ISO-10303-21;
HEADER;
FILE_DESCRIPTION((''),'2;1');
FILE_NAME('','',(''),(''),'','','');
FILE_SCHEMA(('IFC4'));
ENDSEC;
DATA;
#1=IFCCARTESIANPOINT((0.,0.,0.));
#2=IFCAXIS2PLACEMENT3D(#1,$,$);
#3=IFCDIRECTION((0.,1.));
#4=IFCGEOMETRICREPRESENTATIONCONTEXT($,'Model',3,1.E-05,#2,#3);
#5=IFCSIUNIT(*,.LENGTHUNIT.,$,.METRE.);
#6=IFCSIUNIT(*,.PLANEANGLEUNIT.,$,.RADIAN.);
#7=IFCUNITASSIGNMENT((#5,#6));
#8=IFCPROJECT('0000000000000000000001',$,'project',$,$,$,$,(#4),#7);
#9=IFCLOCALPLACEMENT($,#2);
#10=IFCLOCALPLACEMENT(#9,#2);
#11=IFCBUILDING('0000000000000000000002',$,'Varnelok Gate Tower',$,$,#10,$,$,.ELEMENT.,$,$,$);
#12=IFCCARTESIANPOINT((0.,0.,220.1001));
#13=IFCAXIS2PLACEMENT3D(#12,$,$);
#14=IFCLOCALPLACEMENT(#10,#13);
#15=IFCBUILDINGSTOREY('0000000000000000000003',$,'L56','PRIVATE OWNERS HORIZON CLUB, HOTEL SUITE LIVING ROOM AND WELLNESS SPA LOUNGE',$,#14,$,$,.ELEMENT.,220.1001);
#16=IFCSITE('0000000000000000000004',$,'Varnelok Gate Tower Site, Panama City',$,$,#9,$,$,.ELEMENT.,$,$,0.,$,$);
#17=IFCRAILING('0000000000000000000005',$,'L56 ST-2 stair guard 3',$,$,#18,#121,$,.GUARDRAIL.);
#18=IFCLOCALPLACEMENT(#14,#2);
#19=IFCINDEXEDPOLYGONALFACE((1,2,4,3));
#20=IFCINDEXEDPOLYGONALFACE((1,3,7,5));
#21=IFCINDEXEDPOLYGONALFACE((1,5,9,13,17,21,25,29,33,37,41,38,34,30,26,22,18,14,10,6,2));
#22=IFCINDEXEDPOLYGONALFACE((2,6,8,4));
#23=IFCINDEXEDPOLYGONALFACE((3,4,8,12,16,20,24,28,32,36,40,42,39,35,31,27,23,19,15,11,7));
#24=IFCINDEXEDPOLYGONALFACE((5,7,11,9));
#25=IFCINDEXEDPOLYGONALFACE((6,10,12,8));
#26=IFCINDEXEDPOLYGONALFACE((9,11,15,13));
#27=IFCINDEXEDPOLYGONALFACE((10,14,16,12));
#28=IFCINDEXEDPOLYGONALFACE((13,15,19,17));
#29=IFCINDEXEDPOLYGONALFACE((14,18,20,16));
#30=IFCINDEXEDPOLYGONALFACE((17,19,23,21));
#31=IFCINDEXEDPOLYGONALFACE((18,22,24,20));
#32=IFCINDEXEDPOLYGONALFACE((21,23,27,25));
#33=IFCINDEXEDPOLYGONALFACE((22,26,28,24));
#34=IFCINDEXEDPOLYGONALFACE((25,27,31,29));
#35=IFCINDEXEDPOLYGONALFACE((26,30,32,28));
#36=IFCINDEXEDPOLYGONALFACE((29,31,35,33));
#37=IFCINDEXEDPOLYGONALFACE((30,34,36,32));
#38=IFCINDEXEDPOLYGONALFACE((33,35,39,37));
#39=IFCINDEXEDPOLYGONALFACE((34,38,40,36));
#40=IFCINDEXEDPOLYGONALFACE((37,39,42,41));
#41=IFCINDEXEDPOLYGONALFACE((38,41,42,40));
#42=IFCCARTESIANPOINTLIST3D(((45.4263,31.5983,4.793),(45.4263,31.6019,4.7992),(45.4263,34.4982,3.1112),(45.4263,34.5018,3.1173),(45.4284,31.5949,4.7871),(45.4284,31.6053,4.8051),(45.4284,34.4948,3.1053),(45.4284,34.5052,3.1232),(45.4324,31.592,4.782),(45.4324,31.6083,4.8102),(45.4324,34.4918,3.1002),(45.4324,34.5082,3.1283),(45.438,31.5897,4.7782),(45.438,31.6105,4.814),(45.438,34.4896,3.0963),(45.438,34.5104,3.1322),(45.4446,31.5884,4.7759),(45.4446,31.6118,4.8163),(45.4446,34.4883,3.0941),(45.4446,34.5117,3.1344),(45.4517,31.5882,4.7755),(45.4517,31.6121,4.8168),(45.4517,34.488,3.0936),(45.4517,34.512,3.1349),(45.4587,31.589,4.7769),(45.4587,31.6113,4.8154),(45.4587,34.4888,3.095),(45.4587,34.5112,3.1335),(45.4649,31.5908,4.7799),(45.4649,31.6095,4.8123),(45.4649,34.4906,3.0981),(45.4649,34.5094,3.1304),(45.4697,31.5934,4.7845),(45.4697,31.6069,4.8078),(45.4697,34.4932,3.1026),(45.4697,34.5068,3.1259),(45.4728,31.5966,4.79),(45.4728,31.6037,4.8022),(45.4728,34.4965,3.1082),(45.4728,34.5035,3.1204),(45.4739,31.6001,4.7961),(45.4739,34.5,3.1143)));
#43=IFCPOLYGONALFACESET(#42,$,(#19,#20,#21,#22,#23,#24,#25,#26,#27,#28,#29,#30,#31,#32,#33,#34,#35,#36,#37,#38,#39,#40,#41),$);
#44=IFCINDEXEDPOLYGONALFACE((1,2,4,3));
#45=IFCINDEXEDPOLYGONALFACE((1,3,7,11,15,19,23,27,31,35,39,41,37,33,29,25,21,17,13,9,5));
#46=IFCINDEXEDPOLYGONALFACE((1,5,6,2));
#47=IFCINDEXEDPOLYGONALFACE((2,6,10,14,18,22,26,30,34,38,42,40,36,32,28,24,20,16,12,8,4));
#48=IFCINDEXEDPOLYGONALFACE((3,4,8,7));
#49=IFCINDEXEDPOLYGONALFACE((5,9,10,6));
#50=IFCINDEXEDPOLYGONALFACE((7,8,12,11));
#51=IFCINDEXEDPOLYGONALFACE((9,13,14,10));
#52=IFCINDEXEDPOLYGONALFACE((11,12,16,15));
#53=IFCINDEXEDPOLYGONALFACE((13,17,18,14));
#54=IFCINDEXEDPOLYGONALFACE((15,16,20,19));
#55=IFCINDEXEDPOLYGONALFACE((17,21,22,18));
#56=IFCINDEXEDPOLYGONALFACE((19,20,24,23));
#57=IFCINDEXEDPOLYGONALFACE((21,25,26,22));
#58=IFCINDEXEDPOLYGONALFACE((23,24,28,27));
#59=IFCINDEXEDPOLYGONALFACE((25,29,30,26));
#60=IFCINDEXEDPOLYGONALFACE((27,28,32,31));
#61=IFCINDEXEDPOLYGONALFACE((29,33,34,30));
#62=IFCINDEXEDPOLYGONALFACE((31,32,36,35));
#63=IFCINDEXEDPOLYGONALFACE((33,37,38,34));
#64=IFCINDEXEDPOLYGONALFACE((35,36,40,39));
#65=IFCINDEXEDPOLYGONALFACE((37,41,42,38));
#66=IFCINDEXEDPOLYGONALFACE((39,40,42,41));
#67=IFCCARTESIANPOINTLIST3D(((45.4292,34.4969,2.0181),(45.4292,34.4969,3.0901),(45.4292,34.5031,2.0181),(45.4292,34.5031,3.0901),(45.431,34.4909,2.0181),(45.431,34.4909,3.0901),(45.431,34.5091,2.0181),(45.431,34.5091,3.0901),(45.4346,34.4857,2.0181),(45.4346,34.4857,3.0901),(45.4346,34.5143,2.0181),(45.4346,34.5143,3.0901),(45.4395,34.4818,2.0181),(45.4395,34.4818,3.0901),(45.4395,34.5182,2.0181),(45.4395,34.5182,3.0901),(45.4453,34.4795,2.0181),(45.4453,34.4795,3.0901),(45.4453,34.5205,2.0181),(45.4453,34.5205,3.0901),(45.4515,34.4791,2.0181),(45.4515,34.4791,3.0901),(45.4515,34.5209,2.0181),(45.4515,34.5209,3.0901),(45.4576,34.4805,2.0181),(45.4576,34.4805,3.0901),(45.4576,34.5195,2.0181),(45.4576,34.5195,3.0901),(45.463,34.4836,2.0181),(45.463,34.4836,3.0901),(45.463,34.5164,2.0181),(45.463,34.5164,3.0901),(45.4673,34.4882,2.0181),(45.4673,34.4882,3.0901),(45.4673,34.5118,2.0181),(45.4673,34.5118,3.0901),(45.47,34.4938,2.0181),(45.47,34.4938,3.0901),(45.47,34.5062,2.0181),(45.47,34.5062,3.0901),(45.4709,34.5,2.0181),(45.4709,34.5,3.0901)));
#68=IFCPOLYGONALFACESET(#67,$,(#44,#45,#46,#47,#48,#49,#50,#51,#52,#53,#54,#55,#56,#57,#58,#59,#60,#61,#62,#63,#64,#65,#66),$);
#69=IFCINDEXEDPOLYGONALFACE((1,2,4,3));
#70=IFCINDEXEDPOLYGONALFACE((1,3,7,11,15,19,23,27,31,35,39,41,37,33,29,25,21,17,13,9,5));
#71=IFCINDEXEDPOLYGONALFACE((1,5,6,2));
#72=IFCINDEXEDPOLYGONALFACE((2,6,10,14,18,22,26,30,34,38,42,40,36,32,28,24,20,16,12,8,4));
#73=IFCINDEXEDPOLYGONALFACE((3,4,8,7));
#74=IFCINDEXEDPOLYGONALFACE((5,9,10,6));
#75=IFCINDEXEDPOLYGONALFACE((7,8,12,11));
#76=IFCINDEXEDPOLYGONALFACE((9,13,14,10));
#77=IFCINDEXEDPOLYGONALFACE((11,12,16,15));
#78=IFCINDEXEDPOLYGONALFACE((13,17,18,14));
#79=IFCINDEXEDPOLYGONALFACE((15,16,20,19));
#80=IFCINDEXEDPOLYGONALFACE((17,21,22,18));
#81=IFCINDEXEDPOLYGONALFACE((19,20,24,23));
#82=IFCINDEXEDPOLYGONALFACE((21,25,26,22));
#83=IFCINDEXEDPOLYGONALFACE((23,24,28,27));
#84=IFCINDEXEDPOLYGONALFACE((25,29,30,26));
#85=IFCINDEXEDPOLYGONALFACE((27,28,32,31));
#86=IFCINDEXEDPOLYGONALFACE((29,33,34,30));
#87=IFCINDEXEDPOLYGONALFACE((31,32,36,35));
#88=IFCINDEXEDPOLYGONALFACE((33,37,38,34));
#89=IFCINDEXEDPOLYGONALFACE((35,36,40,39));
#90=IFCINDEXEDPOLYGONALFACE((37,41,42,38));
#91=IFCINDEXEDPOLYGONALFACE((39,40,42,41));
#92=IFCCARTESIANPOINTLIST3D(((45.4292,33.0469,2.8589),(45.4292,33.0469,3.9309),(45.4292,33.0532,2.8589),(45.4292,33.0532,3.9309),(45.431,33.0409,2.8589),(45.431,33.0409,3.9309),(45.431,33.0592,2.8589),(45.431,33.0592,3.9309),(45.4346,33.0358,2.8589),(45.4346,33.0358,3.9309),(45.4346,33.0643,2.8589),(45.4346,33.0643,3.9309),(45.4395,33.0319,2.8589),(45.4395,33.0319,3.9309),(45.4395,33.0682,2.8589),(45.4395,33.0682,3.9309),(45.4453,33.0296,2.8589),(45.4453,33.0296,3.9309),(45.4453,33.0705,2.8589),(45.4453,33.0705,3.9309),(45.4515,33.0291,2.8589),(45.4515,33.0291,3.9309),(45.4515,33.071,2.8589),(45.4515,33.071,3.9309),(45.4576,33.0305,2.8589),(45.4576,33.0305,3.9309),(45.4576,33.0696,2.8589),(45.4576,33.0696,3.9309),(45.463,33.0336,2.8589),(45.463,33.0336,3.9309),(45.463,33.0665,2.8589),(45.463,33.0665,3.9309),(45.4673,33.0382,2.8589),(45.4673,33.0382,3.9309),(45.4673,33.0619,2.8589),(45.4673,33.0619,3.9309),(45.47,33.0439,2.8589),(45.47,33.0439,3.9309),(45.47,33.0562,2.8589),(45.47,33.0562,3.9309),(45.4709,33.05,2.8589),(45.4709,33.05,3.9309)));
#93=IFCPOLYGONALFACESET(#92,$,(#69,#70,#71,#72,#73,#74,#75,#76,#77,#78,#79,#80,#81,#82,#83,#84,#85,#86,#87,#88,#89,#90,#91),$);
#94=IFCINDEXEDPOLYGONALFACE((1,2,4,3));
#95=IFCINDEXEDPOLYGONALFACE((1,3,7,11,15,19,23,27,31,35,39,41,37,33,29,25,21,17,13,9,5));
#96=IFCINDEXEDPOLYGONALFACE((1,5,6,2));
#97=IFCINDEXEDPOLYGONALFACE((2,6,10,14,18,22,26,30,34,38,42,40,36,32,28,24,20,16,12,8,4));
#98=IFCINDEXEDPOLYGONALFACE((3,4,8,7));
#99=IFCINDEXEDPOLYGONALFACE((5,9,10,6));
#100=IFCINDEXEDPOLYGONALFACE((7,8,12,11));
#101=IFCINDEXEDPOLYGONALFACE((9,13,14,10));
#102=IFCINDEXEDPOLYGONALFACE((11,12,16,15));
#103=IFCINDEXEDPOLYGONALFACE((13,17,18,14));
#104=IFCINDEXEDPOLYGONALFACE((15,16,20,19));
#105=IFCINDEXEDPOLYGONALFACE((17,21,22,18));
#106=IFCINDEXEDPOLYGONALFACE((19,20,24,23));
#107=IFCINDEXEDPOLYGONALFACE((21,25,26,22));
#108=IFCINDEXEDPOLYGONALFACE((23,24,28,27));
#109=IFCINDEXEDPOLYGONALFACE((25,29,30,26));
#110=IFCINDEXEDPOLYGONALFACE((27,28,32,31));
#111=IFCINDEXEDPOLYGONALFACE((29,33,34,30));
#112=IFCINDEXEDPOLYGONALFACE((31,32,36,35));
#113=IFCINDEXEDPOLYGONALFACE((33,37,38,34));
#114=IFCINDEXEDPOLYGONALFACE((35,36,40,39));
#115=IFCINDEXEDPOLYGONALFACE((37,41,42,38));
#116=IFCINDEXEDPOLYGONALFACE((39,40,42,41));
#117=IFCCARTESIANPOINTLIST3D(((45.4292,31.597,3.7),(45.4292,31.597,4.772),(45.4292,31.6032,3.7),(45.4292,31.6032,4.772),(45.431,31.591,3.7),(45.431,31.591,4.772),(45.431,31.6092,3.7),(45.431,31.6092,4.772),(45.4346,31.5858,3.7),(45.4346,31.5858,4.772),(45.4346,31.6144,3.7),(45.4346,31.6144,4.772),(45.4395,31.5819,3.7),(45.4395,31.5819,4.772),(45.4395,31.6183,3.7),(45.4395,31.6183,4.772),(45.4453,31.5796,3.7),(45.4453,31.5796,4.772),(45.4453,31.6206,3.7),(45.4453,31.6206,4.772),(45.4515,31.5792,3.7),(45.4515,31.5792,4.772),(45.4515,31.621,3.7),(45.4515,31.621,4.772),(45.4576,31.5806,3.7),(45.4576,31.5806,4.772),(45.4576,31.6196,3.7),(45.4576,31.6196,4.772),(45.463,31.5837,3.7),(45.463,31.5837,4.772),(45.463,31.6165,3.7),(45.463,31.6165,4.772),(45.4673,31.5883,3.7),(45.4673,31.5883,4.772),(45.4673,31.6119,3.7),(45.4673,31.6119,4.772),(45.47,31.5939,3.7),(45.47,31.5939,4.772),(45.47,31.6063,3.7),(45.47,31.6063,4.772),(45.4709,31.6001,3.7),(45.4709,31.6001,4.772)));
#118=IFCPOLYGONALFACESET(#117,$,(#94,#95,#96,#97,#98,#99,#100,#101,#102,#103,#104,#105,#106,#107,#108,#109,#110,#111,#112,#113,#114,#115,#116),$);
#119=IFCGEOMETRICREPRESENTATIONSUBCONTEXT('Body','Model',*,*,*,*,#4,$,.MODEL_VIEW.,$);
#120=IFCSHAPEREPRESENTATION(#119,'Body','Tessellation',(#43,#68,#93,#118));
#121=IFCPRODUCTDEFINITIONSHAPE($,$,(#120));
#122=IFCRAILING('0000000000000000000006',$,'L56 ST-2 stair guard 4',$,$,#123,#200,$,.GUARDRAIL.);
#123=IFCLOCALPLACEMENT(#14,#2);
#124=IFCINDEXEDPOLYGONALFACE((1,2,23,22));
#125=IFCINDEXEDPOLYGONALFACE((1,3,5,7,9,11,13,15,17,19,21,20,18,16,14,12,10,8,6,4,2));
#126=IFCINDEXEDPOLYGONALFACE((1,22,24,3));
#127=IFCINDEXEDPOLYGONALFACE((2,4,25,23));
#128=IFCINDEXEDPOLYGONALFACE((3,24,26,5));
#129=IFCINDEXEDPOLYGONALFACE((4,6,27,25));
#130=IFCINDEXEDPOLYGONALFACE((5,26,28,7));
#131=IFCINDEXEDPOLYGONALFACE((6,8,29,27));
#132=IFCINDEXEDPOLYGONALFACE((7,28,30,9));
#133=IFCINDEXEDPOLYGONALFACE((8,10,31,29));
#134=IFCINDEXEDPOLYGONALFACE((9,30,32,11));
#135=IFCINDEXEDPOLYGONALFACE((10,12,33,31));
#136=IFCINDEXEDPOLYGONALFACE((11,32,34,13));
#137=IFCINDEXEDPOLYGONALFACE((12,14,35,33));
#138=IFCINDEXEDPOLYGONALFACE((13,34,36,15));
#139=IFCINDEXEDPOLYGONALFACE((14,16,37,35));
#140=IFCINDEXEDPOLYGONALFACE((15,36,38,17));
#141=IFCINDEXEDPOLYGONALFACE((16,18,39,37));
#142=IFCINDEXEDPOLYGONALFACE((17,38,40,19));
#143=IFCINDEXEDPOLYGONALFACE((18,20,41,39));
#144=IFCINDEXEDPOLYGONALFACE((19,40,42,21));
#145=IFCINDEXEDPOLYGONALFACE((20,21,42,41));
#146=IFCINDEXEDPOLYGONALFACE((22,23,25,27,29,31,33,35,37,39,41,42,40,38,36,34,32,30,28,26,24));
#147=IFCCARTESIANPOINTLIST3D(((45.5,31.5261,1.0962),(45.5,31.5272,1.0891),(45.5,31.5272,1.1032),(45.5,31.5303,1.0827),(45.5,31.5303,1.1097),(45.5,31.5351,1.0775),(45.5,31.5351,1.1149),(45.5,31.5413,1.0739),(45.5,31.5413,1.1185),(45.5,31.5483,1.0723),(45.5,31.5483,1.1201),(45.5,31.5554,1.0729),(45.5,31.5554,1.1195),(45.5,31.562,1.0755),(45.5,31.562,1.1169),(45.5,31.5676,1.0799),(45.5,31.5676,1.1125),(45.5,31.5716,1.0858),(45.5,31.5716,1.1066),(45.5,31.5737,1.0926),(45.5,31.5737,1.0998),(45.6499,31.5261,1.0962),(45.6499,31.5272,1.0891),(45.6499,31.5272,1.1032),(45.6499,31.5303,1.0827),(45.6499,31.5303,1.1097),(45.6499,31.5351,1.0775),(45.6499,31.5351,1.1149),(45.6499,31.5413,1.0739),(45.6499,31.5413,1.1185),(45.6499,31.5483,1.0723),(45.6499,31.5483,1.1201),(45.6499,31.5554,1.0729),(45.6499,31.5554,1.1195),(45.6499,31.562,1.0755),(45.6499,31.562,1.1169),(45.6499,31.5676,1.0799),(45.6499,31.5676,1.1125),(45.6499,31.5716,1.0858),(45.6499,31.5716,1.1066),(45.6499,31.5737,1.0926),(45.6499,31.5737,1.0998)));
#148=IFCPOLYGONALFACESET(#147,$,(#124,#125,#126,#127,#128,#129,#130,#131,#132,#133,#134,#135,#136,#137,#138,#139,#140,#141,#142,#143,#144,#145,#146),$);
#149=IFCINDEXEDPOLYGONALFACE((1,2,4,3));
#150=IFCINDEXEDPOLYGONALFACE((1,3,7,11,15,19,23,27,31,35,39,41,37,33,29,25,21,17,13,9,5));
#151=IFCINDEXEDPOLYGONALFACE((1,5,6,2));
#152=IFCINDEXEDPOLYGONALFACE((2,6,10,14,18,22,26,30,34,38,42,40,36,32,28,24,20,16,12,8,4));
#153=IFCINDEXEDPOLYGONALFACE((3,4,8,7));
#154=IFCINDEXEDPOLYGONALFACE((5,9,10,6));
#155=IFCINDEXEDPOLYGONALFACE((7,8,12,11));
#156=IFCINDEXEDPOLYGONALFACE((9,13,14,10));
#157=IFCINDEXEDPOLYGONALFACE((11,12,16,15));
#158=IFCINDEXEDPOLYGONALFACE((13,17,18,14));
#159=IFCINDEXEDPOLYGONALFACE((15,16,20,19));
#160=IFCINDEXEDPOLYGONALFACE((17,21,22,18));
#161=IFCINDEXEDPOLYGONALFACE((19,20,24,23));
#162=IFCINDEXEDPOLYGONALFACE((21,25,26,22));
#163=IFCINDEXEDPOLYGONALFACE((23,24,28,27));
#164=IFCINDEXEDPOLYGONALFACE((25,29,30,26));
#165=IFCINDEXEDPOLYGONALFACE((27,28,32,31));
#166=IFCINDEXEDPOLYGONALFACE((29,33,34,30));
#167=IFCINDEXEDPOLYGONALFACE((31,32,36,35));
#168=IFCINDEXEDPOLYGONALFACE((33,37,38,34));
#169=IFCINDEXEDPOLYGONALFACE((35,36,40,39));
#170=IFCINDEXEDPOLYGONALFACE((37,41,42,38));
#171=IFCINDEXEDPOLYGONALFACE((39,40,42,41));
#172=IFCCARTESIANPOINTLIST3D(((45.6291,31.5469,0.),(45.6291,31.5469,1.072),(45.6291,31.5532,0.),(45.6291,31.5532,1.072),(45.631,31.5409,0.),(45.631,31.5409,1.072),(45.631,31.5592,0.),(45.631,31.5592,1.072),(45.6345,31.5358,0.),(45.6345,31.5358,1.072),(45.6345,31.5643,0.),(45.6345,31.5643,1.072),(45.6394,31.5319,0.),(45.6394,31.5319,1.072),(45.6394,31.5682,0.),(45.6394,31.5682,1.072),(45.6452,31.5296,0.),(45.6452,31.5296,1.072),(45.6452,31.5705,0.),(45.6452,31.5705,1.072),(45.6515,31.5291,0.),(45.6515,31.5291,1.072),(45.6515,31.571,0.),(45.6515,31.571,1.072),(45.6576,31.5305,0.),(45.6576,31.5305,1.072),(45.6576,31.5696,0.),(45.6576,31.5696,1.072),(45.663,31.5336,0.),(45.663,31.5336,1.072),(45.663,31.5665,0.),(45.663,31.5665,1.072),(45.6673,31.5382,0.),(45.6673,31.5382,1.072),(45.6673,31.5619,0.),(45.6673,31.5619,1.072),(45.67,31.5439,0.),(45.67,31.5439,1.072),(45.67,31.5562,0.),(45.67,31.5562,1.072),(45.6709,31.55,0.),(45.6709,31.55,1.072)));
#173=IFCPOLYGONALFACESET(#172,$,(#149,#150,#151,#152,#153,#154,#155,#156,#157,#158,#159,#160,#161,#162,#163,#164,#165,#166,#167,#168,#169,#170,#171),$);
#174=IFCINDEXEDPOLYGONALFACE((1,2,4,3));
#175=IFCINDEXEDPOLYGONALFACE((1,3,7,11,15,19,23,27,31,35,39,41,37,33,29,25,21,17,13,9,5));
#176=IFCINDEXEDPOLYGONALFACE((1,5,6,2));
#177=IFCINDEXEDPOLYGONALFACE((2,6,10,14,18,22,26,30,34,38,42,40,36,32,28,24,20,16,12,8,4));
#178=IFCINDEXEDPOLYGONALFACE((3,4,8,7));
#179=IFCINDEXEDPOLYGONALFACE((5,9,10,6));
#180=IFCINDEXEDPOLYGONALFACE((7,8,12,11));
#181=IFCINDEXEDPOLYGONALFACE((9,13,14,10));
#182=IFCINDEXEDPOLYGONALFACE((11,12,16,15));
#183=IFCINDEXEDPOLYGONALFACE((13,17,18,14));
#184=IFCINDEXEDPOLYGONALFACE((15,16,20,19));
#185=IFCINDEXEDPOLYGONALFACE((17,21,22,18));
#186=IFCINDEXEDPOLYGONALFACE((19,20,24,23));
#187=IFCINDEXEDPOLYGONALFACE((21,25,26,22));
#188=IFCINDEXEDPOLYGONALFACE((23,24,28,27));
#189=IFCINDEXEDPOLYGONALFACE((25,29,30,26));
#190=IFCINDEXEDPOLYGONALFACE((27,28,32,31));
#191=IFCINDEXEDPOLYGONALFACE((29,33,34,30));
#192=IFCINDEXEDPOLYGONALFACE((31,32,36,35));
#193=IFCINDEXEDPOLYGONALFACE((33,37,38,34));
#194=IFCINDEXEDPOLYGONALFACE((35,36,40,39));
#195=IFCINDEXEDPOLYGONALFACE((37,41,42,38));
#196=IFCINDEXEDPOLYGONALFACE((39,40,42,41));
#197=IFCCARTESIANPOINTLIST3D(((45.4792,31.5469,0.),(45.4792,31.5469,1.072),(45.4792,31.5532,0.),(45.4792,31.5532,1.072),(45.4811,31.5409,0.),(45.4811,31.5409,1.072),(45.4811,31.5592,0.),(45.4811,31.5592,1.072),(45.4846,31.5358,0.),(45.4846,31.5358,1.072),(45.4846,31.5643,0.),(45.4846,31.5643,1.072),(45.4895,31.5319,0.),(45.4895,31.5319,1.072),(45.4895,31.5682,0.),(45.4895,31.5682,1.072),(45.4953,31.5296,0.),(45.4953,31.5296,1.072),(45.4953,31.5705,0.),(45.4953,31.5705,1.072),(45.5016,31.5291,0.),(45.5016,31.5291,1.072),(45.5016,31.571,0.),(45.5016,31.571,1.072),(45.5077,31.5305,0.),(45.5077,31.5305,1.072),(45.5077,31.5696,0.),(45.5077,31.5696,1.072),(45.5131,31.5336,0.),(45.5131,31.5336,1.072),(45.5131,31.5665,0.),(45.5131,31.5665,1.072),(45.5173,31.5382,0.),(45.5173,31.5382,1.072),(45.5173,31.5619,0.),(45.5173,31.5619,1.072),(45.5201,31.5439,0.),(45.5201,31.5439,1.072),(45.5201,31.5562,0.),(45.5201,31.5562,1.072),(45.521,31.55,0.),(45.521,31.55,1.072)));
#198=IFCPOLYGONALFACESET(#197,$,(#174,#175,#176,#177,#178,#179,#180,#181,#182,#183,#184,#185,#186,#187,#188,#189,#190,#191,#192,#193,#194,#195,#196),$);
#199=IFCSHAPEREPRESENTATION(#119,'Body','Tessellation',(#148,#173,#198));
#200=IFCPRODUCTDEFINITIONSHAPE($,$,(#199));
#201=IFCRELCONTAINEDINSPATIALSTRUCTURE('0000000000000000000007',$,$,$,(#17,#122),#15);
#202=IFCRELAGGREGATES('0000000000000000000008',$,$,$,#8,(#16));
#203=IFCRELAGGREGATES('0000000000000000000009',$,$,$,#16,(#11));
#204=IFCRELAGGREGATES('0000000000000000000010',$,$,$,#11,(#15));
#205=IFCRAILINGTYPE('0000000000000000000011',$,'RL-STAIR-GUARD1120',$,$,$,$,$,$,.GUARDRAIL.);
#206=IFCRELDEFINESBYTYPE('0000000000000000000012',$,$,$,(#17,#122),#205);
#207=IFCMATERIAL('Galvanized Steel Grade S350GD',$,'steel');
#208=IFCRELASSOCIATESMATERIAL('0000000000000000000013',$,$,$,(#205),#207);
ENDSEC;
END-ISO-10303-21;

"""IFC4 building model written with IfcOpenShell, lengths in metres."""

from ifc_helpers import new_model, si_unit, direction, frame, origin, origin_2d, place, context, subcontext, project, spatial, circle, extrude, material, type_object, element, save


model = new_model("IFC4")

# Units and contexts
model_context = context("Model", 3, precision=1e-05, world=origin(), true_north=direction((0.0, 1.0)))
body_context = subcontext(model_context, "Body", "Model", "MODEL_VIEW")
ifc_project = project(units=[si_unit("LENGTHUNIT", "METRE"), si_unit("PLANEANGLEUNIT", "RADIAN")], contexts=[model_context])

# Site, building, storey
site_placement = place(None, origin())
site = spatial("IfcSite", under=ifc_project, at=site_placement, Name="Varnelok Gate Tower Site, Panama City", CompositionType="ELEMENT", RefElevation=0.0)
building_placement = place(site_placement, origin())
building = spatial("IfcBuilding", under=site, at=building_placement, Name="Varnelok Gate Tower", CompositionType="ELEMENT")
storey_placement = place(building_placement, frame((0.0, 0.0, 220.1001)))
storey = spatial("IfcBuildingStorey", under=building, at=storey_placement, Name="L56", Description="PRIVATE OWNERS HORIZON CLUB, HOTEL SUITE LIVING ROOM AND WELLNESS SPA LOUNGE", CompositionType="ELEMENT", Elevation=220.1001)

# Shared definitions
ifc_material_1 = material(Name="Galvanized Steel Grade S350GD", Category="steel")

# Railings
railing_type_1 = type_object("IfcRailingType", Name="RL-STAIR-GUARD1120", PredefinedType="GUARDRAIL", material=ifc_material_1)
railing_1_placement = place(storey_placement, frame((45.45, 34.5, 2.0181)))
element("IfcRailing", 1, at=railing_1_placement, inside=storey, type_object=railing_type_1, Name="L56 ST-2 stair guard 3", PredefinedType="GUARDRAIL", context=body_context, shape_type="SweptSolid", body=[
    extrude(circle(Radius=0.0239, at=origin_2d()), frame((0.0, 0.0, 1.0962), z_axis=(0.0, -0.865039, 0.501705), x_axis=(1.0, 0.0, 0.0)), (0.0, 0.0, 1.0), 3.3523),
    extrude(circle(Radius=0.021, at=origin_2d()), origin(), (0.0, 0.0, 1.0), 1.072),
    extrude(circle(Radius=0.021, at=origin_2d()), frame((0.0, -1.45, 0.8408)), (0.0, 0.0, 1.0), 1.072),
    extrude(circle(Radius=0.021, at=origin_2d()), frame((0.0, -2.8999, 1.6819)), (0.0, 0.0, 1.0), 1.072),
])
railing_2_placement = place(storey_placement, frame((45.6499, 31.55, 0.0)))
element("IfcRailing", 2, at=railing_2_placement, inside=storey, type_object=railing_type_1, Name="L56 ST-2 stair guard 4", PredefinedType="GUARDRAIL", context=body_context, shape_type="SweptSolid", body=[
    extrude(circle(Radius=0.0239, at=origin_2d()), frame((0.0, 0.0, 1.0962), z_axis=(-1.0, 0.0, 0.0), x_axis=(0.0, -1.0, 0.0)), (0.0, 0.0, 1.0), 0.1499),
    extrude(circle(Radius=0.021, at=origin_2d()), origin(), (0.0, 0.0, 1.0), 1.072),
    extrude(circle(Radius=0.021, at=origin_2d()), frame((-0.1499, 0.0, 0.0)), (0.0, 0.0, 1.0), 1.072),
])

save(model, "model.ifc")
